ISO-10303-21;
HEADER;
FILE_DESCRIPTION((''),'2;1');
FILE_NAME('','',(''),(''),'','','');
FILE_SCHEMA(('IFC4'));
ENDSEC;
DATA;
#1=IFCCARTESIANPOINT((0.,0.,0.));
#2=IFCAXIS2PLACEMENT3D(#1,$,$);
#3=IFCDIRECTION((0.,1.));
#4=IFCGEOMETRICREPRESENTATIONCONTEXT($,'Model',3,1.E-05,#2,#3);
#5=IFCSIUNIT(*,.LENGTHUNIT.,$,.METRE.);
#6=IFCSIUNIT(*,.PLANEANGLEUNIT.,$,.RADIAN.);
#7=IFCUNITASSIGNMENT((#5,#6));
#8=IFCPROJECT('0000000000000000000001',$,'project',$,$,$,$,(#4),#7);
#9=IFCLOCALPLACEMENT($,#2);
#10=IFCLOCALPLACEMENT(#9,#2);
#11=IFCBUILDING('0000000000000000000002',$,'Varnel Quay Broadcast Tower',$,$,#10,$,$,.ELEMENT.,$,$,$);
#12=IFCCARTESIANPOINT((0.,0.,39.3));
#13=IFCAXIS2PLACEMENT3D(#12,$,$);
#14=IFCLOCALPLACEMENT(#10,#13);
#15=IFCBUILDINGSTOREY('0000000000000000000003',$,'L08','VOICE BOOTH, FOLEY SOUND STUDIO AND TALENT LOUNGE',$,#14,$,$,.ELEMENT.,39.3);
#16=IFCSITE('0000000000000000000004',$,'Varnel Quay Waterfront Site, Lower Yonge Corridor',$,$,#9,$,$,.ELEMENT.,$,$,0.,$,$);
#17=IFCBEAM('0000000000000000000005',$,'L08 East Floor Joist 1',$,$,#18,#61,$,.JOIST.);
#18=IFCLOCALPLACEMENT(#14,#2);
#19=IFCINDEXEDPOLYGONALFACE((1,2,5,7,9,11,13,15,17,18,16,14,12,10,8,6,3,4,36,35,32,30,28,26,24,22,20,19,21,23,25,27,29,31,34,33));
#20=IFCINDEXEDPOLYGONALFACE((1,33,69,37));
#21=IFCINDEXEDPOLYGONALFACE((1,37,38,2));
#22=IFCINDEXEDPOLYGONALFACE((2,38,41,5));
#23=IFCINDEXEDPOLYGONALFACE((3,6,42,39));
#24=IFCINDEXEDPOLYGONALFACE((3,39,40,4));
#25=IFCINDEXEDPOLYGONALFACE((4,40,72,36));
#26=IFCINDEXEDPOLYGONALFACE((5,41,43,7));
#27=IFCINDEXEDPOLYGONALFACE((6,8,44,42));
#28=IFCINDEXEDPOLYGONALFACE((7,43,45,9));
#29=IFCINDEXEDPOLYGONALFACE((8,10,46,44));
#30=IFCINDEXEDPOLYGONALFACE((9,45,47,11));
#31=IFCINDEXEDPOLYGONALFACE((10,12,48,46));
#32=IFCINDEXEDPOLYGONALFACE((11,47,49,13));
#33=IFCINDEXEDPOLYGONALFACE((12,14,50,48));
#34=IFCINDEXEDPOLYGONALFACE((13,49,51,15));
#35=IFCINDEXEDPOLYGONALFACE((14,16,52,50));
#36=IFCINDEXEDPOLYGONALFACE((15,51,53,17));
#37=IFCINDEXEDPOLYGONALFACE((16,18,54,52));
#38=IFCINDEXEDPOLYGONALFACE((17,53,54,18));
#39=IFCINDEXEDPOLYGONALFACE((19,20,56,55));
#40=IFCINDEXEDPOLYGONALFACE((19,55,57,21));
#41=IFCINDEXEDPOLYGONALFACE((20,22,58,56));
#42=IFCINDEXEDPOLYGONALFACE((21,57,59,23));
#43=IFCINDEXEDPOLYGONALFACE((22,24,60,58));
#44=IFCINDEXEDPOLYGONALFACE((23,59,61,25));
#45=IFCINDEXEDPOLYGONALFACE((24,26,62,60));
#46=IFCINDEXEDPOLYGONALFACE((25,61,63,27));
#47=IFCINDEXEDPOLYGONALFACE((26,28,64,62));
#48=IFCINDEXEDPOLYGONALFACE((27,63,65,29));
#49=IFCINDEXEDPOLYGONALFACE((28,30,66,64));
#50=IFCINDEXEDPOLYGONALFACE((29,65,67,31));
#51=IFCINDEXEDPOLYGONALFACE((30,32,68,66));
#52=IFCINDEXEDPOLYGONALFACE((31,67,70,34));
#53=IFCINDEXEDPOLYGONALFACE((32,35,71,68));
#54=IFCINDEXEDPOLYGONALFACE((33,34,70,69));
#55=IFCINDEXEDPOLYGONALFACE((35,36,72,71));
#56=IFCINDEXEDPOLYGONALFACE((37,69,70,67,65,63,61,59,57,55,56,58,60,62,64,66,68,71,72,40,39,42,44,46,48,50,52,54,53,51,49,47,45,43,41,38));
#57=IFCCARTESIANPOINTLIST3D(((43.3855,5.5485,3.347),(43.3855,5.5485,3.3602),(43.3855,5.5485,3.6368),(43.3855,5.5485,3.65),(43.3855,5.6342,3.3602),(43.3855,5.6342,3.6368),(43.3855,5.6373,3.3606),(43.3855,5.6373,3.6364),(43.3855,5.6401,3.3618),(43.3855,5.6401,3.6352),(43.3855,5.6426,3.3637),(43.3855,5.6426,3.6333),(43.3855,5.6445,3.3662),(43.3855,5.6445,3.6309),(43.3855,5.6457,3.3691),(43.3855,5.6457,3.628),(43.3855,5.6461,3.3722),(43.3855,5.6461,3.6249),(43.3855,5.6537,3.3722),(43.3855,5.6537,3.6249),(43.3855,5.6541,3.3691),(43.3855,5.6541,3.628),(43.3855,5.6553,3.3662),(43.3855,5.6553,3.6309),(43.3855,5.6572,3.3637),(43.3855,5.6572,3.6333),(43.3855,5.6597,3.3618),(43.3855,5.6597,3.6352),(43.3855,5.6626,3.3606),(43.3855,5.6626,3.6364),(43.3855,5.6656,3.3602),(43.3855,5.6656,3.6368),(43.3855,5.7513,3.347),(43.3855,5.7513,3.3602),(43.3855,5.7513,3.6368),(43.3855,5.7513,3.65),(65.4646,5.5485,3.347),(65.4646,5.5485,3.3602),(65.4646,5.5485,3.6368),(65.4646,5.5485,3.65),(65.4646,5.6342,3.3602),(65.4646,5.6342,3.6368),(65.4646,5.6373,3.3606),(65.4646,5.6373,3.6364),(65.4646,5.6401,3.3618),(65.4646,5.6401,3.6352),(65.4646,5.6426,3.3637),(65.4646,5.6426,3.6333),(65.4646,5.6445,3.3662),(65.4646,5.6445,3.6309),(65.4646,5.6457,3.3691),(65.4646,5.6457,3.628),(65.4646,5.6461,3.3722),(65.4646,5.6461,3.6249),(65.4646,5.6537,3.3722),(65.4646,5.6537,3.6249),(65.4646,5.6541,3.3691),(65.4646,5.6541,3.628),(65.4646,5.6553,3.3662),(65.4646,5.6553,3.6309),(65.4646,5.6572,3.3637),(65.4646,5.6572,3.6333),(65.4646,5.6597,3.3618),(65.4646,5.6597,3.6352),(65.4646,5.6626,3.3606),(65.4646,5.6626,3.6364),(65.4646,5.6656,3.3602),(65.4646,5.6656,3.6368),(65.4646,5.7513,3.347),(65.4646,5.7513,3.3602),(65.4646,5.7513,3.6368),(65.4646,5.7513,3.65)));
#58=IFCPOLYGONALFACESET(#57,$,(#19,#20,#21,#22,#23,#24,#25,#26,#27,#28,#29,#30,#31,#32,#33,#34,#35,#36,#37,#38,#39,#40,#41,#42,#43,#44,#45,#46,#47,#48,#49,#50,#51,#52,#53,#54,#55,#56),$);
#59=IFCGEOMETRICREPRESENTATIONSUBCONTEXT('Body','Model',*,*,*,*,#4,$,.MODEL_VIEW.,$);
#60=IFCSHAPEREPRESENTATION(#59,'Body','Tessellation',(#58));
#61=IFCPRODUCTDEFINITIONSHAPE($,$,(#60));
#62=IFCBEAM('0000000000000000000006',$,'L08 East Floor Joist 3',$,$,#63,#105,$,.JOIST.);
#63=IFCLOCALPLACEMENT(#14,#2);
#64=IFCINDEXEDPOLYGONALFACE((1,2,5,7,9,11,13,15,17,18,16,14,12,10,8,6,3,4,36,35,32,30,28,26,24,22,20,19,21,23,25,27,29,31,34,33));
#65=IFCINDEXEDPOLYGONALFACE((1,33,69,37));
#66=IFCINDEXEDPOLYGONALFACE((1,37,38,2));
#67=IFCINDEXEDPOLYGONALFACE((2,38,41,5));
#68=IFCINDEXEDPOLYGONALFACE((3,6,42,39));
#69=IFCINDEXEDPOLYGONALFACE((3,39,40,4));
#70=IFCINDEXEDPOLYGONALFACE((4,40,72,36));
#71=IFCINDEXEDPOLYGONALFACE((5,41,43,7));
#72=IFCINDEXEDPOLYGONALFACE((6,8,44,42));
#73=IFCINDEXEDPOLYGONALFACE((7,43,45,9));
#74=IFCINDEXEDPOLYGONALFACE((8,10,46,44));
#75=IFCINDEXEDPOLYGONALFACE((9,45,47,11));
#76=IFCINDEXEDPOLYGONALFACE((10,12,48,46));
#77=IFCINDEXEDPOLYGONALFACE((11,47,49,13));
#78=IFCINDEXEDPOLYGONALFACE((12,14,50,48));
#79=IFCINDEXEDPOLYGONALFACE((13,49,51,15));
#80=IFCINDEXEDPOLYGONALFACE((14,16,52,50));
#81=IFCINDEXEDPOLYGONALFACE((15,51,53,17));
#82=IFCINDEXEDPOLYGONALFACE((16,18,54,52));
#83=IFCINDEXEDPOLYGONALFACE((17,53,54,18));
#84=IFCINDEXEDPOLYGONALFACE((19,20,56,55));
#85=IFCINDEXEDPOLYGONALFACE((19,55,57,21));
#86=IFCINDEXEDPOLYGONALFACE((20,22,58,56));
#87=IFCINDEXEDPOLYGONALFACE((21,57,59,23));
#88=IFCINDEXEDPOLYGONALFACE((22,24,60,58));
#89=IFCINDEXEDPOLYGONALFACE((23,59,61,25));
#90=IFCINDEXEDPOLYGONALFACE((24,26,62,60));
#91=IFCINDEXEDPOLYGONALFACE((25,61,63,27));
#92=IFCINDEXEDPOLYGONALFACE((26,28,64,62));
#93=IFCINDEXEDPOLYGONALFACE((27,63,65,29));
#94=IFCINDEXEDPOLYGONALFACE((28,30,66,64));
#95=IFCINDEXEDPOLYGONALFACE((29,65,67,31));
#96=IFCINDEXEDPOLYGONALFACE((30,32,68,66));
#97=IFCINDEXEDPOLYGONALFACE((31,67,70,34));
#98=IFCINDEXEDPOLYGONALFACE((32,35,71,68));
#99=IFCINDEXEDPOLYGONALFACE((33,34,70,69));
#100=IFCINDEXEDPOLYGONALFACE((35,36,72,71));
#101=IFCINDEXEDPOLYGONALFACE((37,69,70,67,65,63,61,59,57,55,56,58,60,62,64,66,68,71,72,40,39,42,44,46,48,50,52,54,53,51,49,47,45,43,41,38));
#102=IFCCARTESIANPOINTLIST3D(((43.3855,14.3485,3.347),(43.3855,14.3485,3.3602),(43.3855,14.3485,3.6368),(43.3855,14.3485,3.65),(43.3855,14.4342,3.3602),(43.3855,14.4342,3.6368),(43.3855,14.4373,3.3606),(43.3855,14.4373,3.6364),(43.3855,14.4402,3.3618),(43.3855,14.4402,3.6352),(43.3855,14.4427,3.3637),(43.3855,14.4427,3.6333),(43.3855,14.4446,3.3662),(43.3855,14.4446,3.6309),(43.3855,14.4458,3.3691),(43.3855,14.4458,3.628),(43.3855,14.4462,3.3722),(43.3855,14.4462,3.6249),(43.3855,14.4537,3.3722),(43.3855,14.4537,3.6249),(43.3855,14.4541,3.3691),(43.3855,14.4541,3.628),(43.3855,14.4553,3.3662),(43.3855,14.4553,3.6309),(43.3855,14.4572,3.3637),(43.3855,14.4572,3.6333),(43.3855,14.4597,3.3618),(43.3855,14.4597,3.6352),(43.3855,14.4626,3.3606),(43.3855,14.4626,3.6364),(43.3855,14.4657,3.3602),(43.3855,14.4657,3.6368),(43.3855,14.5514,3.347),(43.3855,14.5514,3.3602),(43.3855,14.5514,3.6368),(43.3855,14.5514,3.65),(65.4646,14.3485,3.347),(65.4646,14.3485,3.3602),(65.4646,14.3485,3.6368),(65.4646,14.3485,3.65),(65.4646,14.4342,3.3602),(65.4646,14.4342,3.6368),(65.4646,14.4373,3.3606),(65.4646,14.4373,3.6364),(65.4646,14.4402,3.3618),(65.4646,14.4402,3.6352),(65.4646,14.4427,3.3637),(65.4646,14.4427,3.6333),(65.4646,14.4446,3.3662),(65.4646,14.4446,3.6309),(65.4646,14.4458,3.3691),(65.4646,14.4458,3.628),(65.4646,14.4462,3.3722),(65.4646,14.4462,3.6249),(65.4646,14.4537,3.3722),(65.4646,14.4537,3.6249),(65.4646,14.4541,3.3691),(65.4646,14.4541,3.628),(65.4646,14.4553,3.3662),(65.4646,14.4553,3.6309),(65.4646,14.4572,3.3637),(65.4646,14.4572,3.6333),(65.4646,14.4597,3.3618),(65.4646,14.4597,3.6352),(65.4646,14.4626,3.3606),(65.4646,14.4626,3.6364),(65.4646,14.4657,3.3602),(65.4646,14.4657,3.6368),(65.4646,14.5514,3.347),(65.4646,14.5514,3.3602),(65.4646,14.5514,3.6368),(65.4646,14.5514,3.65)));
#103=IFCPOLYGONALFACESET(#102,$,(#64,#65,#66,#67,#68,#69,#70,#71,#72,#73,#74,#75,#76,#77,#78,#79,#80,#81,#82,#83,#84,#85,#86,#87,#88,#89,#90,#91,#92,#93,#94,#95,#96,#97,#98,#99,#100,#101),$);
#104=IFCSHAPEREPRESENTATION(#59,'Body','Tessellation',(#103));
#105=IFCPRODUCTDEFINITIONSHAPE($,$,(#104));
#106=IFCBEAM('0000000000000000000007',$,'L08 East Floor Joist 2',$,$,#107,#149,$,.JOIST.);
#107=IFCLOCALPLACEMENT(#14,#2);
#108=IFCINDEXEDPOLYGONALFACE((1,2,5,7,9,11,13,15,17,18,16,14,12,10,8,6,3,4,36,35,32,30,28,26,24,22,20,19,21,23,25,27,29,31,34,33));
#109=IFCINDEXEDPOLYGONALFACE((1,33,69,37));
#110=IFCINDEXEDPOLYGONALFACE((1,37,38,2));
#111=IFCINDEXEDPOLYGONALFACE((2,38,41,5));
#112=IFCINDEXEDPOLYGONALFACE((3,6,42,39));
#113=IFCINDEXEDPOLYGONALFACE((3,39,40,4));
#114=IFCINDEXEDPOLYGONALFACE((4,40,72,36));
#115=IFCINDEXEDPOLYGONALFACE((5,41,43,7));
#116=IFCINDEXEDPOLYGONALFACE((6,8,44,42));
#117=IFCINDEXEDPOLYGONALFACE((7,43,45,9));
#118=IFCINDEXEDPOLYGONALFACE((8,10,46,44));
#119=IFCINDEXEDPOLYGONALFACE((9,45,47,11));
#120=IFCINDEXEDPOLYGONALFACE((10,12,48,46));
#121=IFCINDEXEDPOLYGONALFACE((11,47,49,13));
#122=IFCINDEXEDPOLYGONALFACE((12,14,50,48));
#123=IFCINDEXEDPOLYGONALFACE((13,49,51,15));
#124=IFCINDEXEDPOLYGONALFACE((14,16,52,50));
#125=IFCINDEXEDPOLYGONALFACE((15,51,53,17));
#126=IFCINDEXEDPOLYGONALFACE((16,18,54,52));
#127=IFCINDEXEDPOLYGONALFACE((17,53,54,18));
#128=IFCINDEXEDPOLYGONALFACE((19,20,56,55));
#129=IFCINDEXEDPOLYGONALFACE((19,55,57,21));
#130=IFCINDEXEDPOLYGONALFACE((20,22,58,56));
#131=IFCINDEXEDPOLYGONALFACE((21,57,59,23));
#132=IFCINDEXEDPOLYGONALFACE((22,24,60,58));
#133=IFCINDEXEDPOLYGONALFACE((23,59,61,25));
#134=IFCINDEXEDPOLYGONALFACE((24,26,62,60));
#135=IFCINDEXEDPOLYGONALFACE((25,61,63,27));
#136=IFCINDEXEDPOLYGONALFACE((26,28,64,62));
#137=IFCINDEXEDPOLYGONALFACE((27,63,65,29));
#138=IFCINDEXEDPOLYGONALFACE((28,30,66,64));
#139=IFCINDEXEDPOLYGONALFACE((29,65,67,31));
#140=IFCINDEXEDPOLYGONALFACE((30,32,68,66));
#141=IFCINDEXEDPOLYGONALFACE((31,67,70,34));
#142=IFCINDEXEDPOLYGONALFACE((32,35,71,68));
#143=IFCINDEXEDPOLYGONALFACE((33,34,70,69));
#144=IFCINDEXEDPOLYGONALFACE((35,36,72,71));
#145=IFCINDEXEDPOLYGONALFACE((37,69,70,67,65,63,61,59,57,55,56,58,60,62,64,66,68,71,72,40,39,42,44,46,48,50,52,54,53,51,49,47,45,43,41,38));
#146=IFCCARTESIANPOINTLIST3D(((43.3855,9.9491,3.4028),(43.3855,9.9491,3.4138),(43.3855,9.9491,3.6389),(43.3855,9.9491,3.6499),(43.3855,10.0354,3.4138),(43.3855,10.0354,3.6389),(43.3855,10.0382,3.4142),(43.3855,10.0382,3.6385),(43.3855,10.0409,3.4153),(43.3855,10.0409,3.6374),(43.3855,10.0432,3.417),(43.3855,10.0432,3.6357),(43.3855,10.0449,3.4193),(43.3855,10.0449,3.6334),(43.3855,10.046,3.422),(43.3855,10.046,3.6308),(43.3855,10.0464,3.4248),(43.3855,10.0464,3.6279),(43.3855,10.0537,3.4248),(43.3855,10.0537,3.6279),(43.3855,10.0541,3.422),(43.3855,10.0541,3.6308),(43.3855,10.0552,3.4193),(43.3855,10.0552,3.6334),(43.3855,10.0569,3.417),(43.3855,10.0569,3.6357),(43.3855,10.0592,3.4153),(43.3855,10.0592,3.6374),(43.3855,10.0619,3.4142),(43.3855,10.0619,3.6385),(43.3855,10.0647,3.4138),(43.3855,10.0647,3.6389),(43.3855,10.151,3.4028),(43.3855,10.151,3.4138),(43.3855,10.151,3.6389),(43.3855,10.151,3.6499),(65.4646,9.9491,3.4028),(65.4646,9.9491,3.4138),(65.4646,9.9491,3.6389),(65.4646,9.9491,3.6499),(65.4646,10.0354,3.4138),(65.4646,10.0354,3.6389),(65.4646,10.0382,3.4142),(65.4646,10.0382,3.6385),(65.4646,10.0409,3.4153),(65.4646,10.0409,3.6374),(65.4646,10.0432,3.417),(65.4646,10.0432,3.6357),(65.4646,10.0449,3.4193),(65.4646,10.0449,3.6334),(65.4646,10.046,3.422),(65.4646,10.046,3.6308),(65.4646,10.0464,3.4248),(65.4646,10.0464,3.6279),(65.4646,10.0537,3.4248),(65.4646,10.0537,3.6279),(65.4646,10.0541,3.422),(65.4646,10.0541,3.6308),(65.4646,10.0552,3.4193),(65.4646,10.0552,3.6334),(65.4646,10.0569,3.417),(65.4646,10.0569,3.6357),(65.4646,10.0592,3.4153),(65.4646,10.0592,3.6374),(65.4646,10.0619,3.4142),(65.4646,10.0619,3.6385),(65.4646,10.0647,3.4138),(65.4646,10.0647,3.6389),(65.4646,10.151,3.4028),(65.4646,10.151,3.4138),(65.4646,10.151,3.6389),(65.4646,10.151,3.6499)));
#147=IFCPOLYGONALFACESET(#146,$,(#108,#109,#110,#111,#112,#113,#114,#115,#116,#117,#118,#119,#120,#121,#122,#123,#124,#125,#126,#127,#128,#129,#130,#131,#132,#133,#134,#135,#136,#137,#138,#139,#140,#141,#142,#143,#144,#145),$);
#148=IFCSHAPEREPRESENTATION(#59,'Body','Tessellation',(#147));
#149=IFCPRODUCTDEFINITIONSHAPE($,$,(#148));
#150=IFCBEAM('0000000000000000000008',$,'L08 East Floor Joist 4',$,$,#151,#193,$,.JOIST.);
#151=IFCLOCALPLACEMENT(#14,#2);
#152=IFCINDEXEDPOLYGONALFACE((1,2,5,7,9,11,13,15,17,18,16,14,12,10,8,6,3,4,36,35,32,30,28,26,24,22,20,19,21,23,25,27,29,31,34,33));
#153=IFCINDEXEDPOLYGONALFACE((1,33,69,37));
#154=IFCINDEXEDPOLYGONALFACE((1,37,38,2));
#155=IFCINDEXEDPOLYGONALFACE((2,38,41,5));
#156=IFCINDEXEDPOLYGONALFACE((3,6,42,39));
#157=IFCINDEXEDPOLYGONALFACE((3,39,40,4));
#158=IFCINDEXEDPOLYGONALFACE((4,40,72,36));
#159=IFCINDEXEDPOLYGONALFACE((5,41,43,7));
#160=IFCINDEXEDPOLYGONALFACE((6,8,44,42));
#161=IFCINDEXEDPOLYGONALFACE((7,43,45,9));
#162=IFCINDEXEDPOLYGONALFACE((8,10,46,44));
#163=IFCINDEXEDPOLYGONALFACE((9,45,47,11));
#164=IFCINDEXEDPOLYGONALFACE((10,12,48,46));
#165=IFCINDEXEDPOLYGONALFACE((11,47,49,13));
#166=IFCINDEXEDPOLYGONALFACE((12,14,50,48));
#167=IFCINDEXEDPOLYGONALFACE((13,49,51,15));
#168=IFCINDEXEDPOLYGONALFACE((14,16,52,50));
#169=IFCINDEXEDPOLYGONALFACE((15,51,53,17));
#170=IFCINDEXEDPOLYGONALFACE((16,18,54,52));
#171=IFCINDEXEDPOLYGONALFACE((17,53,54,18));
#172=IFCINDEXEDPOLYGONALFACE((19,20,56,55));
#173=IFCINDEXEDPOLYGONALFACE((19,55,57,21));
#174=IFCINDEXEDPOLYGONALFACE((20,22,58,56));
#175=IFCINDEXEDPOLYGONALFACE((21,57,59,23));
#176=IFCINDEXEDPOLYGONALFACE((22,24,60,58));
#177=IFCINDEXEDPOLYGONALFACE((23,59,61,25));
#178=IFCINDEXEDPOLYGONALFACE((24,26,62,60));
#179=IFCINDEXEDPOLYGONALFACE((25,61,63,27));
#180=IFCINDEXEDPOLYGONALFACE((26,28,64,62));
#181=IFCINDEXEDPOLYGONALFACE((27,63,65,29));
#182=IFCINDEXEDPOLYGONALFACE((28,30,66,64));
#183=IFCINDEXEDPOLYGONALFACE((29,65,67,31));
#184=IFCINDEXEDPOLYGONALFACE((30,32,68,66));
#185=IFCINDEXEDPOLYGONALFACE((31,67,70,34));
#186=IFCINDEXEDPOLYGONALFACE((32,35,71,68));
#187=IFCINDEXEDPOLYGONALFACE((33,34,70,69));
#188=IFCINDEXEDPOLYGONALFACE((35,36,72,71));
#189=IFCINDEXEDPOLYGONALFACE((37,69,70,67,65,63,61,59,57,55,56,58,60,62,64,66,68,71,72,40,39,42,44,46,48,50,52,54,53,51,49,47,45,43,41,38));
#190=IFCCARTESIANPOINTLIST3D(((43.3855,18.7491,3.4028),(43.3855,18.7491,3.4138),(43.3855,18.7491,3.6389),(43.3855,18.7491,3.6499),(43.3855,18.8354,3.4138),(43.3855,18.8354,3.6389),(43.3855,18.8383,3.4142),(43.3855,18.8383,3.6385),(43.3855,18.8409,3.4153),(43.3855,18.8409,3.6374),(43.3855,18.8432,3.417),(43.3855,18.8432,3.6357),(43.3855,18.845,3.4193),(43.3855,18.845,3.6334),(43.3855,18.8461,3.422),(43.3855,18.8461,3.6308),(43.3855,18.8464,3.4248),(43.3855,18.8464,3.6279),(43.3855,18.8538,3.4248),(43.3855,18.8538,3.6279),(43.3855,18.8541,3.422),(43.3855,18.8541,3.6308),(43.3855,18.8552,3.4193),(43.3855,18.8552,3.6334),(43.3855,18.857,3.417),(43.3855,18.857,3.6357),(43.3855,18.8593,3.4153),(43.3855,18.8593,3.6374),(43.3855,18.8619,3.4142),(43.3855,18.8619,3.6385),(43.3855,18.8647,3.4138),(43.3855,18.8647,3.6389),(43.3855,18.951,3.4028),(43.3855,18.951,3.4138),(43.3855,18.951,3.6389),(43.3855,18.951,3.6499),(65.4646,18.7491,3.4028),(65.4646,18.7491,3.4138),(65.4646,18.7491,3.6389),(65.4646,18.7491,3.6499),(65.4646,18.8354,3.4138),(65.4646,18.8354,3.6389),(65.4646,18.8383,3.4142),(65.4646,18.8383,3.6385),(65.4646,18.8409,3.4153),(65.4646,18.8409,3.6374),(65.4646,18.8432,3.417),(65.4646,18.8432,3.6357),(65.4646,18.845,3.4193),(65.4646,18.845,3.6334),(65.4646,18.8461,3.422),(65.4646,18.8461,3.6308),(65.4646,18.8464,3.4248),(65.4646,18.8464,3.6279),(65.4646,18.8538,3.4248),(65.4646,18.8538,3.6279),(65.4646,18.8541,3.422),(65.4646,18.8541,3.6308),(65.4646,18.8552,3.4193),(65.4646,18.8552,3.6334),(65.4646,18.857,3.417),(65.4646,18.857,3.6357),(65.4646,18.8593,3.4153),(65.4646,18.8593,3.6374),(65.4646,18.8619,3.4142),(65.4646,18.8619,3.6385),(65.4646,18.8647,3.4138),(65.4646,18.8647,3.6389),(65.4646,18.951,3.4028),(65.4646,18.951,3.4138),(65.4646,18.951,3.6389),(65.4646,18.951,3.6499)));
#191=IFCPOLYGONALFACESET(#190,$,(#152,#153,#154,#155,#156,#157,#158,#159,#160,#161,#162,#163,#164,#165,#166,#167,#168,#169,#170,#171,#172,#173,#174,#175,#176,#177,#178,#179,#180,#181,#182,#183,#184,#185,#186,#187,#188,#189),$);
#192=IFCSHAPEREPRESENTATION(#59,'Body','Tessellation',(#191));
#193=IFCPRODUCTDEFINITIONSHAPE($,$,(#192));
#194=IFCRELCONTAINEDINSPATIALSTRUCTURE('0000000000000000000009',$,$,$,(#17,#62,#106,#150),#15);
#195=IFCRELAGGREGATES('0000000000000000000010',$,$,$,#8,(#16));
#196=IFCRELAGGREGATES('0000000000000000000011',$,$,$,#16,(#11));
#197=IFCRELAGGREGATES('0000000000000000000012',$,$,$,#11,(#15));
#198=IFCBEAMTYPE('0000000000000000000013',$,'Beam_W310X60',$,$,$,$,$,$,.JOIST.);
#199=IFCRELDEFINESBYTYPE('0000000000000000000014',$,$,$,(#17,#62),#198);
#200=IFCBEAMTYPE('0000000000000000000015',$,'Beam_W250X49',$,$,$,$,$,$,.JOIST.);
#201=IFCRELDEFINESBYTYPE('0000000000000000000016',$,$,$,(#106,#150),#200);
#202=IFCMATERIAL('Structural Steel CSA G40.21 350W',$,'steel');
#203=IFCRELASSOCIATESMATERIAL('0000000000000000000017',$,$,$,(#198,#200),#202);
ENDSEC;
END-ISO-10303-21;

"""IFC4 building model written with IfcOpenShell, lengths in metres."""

from ifc_helpers import new_model, si_unit, direction, frame, origin, origin_2d, place, context, subcontext, project, spatial, i_section, extrude, source, transform, mapped, material, material_profile, profile_set, type_object, type_shapes, element, save


model = new_model("IFC4")

# Units and contexts
model_context = context("Model", 3, precision=1e-05, world=origin(), true_north=direction((0.0, 1.0)))
body_context = subcontext(model_context, "Body", "Model", "MODEL_VIEW")
ifc_project = project(units=[si_unit("LENGTHUNIT", "METRE"), si_unit("PLANEANGLEUNIT", "RADIAN")], contexts=[model_context])

# Site, building, storey
site_placement = place(None, origin())
site = spatial("IfcSite", under=ifc_project, at=site_placement, Name="Varnel Quay Waterfront Site, Lower Yonge Corridor", CompositionType="ELEMENT", RefElevation=0.0)
building_placement = place(site_placement, origin())
building = spatial("IfcBuilding", under=site, at=building_placement, Name="Varnel Quay Broadcast Tower", CompositionType="ELEMENT")
storey_placement = place(building_placement, frame((0.0, 0.0, 39.3)))
storey = spatial("IfcBuildingStorey", under=building, at=storey_placement, Name="L08", Description="VOICE BOOTH, FOLEY SOUND STUDIO AND TALENT LOUNGE", CompositionType="ELEMENT", Elevation=39.3)

# Shared definitions
ifc_material_1 = material(Name="Structural Steel CSA G40.21 350W", Category="steel")

# Beams
ifc_material_profile_1 = material_profile(ifc_material_1, i_section(OverallWidth=0.2029, OverallDepth=0.303, WebThickness=0.0076, FlangeThickness=0.0132, FilletRadius=0.012, at=origin_2d()), Name="W310X60")
ifc_profile_set_1 = profile_set([ifc_material_profile_1], Name="Structural Steel CSA G40.21 350W")
beam_type_1 = type_object("IfcBeamType", Name="Beam_W310X60", PredefinedType="JOIST", material=ifc_profile_set_1)
shared_shape_1 = source(origin(), body_context, "Body", "SweptSolid", [
    extrude(i_section(OverallWidth=0.2029, OverallDepth=0.303, WebThickness=0.0076, FlangeThickness=0.0132, FilletRadius=0.012, at=origin_2d()), origin(), (0.0, 0.0, 1.0), 22.0791),
])
type_shapes(beam_type_1, [shared_shape_1])
for number, where, z_axis, x_axis, name in (
    (1, (43.3855, 5.6499, 3.4985), (1.0, 0.0, 0.0), (0.0, 1.0, 0.0), "L08 East Floor Joist 1"),
    (2, (43.3855, 14.45, 3.4985), (1.0, 0.0, 0.0), (0.0, 1.0, 0.0), "L08 East Floor Joist 3"),
):
    element("IfcBeam", number, at=place(storey_placement, frame(where, z_axis=z_axis, x_axis=x_axis)), inside=storey, type_object=beam_type_1, Name=name, PredefinedType="JOIST", context=body_context, shape_type="MappedRepresentation", body=[
        mapped(shared_shape_1, transform((0.0, 0.0, 0.0), x_axis=(1.0, 0.0, 0.0), y_axis=(0.0, 1.0, 0.0), z_axis=(0.0, 0.0, 1.0), scale=1.0)),
    ])
ifc_material_profile_2 = material_profile(ifc_material_1, i_section(OverallWidth=0.2019, OverallDepth=0.2471, WebThickness=0.0073, FlangeThickness=0.011, FilletRadius=0.011, at=origin_2d()), Name="W250X49")
ifc_profile_set_2 = profile_set([ifc_material_profile_2], Name="Structural Steel CSA G40.21 350W")
beam_type_2 = type_object("IfcBeamType", Name="Beam_W250X49", PredefinedType="JOIST", material=ifc_profile_set_2)
shared_shape_2 = source(origin(), body_context, "Body", "SweptSolid", [
    extrude(i_section(OverallWidth=0.2019, OverallDepth=0.2471, WebThickness=0.0073, FlangeThickness=0.011, FilletRadius=0.011, at=origin_2d()), origin(), (0.0, 0.0, 1.0), 22.0791),
])
type_shapes(beam_type_2, [shared_shape_2])
for number, where, z_axis, x_axis, name in (
    (3, (43.3855, 10.05, 3.5264), (1.0, 0.0, 0.0), (0.0, 1.0, 0.0), "L08 East Floor Joist 2"),
    (4, (43.3855, 18.8501, 3.5264), (1.0, 0.0, 0.0), (0.0, 1.0, 0.0), "L08 East Floor Joist 4"),
):
    element("IfcBeam", number, at=place(storey_placement, frame(where, z_axis=z_axis, x_axis=x_axis)), inside=storey, type_object=beam_type_2, Name=name, PredefinedType="JOIST", context=body_context, shape_type="MappedRepresentation", body=[
        mapped(shared_shape_2, transform((0.0, 0.0, 0.0), x_axis=(1.0, 0.0, 0.0), y_axis=(0.0, 1.0, 0.0), z_axis=(0.0, 0.0, 1.0), scale=1.0)),
    ])

save(model, "model.ifc")
